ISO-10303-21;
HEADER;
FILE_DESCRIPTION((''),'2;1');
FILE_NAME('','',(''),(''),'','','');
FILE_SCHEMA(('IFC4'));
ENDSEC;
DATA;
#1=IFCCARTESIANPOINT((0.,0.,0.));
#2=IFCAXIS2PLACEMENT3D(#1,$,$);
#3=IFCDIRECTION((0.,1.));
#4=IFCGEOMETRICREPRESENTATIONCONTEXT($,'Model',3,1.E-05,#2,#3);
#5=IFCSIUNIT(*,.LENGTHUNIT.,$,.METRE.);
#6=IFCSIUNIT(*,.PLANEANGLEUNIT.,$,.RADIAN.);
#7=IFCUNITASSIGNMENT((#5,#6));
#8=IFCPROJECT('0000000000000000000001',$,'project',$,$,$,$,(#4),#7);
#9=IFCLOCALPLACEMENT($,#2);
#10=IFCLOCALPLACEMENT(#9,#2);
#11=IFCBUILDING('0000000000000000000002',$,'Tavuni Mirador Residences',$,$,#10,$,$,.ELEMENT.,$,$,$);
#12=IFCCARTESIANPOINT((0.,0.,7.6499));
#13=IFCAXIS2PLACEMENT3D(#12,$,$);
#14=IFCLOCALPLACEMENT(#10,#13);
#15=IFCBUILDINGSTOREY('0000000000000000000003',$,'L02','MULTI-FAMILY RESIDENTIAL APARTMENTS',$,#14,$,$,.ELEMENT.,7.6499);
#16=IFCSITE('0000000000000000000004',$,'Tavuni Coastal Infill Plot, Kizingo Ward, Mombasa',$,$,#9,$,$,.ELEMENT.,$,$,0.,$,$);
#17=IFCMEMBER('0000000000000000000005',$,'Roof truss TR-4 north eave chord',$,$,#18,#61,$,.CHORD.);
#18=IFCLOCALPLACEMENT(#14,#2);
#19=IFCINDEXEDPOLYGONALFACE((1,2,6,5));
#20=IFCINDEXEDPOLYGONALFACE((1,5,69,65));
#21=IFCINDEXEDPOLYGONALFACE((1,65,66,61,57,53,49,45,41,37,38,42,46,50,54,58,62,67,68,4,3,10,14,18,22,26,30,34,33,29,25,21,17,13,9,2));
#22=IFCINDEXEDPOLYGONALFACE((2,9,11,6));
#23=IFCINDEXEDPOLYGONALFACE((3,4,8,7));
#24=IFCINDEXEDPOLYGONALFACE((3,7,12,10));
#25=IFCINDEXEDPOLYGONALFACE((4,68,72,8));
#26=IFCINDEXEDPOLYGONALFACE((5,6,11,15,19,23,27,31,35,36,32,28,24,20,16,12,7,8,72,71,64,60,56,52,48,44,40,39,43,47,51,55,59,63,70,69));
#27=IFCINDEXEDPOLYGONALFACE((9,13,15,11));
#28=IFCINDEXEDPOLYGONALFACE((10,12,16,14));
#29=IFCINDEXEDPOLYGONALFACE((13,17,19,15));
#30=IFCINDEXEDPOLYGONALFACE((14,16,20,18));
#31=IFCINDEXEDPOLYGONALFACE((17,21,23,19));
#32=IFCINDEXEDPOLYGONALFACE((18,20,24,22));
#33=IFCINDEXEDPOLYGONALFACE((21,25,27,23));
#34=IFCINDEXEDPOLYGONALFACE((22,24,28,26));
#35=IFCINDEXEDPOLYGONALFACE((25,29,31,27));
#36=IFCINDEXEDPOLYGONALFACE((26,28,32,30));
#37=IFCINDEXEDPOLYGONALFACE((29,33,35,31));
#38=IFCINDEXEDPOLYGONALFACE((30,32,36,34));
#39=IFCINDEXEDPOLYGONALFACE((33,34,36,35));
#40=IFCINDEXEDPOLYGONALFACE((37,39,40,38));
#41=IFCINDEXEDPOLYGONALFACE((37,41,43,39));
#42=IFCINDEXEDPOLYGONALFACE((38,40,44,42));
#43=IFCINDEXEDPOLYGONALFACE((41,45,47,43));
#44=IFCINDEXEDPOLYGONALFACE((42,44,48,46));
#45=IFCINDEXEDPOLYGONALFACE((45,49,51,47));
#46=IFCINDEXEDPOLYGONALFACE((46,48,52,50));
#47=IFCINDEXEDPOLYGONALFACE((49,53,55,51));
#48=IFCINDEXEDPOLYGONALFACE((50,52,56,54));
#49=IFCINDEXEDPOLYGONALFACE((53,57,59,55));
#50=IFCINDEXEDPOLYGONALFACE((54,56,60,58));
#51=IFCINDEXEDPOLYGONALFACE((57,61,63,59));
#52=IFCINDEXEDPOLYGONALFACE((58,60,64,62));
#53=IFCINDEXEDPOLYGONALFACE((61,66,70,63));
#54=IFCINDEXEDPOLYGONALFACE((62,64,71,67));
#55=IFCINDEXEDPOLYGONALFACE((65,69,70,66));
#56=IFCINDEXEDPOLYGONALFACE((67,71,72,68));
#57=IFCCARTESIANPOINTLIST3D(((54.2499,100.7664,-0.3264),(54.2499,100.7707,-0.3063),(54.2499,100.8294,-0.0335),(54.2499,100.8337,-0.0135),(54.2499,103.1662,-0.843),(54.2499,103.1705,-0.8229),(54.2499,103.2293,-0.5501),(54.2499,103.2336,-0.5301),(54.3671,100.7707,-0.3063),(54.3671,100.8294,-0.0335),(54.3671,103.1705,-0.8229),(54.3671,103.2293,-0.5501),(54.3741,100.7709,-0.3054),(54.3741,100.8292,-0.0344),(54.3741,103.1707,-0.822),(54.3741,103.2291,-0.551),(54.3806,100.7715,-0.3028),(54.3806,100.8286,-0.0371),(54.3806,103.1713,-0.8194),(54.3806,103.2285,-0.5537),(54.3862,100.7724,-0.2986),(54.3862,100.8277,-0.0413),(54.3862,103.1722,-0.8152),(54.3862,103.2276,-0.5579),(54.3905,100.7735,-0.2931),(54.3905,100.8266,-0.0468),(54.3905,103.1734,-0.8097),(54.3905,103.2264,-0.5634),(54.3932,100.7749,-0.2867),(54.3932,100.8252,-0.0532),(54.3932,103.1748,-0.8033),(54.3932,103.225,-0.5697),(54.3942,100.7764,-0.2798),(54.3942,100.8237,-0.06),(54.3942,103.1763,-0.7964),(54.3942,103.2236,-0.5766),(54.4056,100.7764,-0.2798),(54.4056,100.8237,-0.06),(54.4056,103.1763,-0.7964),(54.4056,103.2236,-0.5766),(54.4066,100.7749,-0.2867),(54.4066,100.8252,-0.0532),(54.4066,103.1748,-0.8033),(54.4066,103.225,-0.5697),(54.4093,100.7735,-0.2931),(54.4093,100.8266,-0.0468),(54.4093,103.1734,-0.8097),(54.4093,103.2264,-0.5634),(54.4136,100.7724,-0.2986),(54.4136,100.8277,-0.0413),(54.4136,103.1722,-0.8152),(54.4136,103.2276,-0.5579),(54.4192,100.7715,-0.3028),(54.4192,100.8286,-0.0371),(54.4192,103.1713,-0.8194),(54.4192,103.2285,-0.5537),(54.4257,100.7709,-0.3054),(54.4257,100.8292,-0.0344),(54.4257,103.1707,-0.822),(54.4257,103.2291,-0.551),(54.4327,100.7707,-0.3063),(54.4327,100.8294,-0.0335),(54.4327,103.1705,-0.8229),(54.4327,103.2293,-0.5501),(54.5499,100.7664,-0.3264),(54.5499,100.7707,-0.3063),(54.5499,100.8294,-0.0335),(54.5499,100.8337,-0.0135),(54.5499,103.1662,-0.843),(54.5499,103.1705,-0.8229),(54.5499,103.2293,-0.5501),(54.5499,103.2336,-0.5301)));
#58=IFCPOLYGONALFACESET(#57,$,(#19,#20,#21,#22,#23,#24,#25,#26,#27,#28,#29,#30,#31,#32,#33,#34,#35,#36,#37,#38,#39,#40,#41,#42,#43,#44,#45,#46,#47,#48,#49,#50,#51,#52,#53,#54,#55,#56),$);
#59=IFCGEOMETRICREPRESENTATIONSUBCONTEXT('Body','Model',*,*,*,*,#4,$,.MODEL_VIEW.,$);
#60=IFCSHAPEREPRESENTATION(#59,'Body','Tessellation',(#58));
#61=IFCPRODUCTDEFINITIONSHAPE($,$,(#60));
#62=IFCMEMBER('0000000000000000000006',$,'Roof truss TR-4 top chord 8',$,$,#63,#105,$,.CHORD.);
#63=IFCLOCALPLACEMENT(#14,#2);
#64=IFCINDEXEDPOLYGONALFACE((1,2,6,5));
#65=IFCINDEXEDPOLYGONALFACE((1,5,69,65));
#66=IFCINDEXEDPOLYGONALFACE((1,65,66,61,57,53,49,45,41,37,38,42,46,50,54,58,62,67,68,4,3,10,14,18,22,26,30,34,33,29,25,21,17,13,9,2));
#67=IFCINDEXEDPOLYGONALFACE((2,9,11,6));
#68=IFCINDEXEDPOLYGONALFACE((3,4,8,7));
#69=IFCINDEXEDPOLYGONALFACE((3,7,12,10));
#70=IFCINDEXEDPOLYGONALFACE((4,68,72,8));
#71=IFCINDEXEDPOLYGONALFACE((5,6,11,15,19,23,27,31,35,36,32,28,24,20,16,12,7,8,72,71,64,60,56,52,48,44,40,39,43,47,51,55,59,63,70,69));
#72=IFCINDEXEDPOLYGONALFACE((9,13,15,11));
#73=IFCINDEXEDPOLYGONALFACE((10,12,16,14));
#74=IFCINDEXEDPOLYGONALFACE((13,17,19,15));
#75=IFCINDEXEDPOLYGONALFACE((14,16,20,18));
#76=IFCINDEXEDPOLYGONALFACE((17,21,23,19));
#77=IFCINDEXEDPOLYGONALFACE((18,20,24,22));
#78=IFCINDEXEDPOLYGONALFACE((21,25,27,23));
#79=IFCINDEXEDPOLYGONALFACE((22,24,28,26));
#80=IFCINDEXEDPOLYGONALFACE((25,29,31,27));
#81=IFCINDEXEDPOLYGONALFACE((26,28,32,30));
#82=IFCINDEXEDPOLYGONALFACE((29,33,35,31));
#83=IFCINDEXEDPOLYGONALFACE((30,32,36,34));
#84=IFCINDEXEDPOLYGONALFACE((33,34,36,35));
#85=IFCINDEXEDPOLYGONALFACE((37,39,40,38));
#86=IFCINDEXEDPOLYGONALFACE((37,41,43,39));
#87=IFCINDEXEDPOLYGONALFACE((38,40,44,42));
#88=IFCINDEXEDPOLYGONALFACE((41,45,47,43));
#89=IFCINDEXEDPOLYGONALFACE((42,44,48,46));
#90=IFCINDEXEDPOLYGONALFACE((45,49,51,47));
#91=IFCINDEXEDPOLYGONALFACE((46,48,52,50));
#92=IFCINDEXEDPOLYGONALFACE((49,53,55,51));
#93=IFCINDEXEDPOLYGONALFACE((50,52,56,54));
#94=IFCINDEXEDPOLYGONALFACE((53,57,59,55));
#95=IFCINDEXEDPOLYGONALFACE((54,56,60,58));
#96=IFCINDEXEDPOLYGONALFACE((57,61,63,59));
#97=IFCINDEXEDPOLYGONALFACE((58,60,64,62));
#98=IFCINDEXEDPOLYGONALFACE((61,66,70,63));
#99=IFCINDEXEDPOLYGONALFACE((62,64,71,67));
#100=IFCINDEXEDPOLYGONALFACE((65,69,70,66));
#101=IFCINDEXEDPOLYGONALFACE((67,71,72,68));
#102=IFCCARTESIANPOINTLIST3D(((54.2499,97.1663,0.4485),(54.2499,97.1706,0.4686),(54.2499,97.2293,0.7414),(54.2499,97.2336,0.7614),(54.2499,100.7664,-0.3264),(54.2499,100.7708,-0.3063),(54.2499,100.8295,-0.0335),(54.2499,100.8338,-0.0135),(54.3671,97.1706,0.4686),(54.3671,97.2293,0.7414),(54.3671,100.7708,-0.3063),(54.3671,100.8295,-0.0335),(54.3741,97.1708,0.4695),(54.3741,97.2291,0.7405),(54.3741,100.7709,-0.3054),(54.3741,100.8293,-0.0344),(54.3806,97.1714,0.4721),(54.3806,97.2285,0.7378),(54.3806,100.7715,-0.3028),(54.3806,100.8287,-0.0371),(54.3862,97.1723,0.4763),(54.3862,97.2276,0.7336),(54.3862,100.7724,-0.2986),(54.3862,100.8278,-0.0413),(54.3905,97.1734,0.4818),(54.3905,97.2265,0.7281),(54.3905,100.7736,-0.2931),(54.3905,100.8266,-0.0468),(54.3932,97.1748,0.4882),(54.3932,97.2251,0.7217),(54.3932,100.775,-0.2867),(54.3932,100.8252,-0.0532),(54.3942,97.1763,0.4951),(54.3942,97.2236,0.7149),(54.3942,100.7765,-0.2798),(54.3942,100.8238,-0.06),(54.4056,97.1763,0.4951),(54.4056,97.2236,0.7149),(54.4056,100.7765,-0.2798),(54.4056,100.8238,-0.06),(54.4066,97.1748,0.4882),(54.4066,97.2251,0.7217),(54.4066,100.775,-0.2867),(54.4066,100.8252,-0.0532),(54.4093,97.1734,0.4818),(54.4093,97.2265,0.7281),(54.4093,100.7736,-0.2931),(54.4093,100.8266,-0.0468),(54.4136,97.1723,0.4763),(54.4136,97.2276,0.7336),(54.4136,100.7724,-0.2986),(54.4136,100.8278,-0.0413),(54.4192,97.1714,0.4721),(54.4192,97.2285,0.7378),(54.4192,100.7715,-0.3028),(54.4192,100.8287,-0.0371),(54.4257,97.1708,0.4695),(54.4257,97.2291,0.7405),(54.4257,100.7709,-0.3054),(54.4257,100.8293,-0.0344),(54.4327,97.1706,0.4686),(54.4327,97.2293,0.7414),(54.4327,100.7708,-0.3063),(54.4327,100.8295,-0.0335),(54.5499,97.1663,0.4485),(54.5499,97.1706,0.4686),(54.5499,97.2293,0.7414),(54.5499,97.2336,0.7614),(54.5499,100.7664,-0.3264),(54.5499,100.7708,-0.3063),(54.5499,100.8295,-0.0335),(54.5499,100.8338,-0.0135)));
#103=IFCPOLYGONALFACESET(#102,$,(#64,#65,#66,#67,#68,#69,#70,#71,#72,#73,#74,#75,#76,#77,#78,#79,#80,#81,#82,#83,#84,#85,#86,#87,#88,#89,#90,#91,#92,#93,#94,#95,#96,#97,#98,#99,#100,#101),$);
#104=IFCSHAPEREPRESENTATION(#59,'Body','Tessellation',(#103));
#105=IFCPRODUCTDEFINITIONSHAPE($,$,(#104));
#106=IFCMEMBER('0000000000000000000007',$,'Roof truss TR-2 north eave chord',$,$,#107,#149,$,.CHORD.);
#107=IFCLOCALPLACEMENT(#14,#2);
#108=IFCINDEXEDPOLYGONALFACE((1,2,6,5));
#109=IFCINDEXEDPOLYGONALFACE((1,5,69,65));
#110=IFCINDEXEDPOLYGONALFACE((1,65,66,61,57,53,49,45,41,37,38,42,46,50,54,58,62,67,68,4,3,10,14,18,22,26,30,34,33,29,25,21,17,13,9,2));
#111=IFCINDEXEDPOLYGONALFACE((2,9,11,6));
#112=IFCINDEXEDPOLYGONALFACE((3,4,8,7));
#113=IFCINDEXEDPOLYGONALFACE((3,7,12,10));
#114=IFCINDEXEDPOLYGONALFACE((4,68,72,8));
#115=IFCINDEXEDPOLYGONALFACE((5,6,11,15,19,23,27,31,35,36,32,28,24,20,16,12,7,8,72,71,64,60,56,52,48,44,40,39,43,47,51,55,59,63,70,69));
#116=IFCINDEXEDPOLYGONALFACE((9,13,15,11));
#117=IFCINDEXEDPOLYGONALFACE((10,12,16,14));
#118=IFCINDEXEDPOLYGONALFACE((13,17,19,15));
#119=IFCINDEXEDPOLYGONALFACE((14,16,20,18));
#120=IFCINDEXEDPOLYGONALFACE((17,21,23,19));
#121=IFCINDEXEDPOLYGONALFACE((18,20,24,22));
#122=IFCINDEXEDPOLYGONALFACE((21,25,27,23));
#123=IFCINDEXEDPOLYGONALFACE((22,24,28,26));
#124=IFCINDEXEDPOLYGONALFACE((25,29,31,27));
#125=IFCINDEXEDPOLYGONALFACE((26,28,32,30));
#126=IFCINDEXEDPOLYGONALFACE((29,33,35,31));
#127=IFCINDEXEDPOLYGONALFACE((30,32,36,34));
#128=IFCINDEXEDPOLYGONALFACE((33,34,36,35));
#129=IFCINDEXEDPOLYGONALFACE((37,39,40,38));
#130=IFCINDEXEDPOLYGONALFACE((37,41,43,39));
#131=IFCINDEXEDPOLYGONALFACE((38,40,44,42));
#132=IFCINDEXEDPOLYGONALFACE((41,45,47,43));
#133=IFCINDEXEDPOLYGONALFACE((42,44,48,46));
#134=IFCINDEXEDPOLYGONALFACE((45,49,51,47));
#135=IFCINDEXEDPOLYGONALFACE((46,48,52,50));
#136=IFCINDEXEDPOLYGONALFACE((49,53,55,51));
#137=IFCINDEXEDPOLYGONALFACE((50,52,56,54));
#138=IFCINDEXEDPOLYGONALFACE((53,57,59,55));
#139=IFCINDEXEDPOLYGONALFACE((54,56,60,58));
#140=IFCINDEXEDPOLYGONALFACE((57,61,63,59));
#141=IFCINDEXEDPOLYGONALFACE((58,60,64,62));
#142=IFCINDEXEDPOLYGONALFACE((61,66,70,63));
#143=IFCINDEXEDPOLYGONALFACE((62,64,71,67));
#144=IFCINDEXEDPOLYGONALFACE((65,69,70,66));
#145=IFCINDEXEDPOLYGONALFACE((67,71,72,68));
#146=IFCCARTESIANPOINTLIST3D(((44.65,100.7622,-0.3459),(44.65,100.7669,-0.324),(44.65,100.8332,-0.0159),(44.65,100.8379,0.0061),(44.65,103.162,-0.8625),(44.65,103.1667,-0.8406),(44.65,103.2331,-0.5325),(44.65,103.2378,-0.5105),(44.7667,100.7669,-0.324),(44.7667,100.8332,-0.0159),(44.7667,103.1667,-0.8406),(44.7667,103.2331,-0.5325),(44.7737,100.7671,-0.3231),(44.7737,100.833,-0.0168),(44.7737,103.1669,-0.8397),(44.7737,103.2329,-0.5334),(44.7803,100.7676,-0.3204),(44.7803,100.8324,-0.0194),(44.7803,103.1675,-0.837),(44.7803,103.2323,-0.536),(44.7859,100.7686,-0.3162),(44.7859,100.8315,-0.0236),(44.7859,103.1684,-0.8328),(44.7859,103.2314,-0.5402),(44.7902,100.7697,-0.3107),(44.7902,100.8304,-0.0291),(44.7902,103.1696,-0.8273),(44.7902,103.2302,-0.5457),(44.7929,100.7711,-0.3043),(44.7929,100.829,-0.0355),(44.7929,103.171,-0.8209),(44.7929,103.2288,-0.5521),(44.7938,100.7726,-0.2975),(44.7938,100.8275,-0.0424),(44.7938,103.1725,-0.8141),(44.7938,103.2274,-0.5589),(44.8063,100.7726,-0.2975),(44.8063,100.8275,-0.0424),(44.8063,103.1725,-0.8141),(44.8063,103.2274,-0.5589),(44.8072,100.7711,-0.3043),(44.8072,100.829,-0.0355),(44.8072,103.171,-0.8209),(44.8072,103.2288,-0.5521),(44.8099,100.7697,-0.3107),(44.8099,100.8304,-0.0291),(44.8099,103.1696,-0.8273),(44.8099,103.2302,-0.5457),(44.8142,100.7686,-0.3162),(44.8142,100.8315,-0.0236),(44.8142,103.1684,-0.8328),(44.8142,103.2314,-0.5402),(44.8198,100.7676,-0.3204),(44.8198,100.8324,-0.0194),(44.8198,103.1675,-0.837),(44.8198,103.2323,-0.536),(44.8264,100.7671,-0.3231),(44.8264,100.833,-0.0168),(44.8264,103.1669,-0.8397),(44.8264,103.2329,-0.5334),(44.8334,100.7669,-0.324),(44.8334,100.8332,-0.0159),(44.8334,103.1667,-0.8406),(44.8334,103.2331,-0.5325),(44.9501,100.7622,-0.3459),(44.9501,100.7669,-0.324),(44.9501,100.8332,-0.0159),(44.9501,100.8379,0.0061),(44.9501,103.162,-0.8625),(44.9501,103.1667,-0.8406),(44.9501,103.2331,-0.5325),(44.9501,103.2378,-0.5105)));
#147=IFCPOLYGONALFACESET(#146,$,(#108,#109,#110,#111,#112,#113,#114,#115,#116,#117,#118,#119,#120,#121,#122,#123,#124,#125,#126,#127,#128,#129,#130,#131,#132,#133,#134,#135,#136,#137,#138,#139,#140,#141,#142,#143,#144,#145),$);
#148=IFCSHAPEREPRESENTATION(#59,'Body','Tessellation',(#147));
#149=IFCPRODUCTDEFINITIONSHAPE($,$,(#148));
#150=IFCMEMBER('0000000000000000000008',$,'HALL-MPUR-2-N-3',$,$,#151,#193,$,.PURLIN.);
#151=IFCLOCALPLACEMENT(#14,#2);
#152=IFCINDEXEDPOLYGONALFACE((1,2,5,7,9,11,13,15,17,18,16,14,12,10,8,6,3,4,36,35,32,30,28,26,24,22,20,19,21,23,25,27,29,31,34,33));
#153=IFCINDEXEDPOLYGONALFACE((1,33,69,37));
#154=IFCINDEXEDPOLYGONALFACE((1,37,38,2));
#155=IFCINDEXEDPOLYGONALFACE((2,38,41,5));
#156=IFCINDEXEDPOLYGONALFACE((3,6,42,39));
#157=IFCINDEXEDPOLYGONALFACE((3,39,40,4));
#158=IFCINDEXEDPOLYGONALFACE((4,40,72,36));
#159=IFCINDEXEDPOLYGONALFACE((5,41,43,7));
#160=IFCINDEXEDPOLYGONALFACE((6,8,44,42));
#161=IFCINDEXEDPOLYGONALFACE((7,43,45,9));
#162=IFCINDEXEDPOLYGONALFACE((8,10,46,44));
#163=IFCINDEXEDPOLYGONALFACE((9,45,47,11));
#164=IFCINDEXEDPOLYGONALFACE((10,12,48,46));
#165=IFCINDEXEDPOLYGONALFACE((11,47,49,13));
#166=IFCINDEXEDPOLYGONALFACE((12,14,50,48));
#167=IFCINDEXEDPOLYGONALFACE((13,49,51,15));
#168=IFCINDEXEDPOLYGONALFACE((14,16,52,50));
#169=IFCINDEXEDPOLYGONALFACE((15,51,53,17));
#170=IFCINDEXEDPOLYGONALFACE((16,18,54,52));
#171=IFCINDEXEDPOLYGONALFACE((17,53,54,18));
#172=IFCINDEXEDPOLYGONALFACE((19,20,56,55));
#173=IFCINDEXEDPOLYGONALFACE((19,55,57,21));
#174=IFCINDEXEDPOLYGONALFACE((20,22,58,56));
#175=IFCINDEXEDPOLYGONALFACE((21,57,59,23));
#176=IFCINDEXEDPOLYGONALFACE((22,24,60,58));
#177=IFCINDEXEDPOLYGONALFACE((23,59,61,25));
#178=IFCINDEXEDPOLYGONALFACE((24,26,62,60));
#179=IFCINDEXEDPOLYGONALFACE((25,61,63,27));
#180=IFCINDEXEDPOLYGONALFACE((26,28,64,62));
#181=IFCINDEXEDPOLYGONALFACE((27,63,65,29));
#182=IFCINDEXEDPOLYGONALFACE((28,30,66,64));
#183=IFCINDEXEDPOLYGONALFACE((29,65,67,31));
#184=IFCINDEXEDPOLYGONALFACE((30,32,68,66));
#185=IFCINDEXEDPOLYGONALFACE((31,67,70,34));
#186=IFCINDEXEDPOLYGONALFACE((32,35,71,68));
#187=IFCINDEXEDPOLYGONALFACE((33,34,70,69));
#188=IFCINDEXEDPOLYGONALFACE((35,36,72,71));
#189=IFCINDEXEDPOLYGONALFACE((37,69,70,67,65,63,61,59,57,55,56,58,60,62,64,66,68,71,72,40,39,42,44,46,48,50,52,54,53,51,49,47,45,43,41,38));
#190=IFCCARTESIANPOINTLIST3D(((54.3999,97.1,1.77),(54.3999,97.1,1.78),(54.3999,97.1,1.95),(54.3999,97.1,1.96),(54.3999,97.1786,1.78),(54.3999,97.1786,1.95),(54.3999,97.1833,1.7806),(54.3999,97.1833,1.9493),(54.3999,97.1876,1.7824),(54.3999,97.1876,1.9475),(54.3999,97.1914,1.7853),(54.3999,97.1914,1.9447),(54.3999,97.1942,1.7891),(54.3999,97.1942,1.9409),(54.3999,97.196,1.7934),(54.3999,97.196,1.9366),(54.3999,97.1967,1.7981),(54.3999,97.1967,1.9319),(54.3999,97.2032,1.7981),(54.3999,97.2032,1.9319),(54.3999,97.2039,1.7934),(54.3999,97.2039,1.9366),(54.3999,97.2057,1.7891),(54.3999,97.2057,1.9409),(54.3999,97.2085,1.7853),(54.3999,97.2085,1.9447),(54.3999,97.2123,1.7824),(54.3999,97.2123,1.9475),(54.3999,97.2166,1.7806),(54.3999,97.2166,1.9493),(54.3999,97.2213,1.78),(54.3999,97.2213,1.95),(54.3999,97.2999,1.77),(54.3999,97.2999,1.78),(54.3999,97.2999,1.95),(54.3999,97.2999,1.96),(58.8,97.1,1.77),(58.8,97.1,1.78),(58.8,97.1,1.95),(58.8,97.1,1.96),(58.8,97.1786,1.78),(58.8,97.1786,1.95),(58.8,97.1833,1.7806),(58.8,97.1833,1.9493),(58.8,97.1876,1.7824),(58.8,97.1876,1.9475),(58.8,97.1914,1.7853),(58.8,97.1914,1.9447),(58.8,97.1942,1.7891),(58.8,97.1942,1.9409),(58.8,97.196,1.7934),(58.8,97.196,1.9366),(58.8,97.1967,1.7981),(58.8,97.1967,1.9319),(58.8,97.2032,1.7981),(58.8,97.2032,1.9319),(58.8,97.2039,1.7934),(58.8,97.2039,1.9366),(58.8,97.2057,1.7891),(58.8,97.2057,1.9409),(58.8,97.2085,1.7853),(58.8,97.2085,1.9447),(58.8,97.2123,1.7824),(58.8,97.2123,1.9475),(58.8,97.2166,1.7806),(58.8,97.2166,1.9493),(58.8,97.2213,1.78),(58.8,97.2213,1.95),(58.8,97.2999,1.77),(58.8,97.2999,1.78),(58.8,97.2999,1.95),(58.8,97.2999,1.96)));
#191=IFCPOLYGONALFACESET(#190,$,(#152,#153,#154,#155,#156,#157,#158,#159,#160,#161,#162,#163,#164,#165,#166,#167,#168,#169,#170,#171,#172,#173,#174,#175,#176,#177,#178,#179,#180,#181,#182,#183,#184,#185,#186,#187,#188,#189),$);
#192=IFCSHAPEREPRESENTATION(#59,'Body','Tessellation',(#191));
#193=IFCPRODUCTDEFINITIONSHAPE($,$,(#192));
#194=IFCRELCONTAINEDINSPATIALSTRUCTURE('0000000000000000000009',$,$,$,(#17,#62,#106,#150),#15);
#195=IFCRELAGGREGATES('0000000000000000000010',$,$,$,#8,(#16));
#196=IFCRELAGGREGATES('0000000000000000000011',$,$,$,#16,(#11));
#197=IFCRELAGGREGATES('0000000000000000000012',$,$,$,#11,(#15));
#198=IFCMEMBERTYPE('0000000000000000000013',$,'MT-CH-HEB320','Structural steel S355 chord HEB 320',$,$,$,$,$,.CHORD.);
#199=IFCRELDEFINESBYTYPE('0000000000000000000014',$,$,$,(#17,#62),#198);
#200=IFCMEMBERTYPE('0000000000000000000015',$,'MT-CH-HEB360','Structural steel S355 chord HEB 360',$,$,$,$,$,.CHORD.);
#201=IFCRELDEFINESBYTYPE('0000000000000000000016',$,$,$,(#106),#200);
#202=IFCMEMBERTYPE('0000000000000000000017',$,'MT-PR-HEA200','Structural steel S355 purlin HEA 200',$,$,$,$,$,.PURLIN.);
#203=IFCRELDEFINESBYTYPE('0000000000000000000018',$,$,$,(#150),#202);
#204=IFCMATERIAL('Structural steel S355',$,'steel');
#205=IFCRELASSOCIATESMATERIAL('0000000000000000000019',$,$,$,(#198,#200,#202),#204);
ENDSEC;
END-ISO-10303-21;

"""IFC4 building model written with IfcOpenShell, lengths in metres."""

from ifc_helpers import new_model, si_unit, direction, frame, origin, origin_2d, place, context, subcontext, project, spatial, i_section, extrude, material, material_profile, profile_set, type_object, element, save


model = new_model("IFC4")

# Units and contexts
model_context = context("Model", 3, precision=1e-05, world=origin(), true_north=direction((0.0, 1.0)))
body_context = subcontext(model_context, "Body", "Model", "MODEL_VIEW")
ifc_project = project(units=[si_unit("LENGTHUNIT", "METRE"), si_unit("PLANEANGLEUNIT", "RADIAN")], contexts=[model_context])

# Site, building, storey
site_placement = place(None, origin())
site = spatial("IfcSite", under=ifc_project, at=site_placement, Name="Tavuni Coastal Infill Plot, Kizingo Ward, Mombasa", CompositionType="ELEMENT", RefElevation=0.0)
building_placement = place(site_placement, origin())
building = spatial("IfcBuilding", under=site, at=building_placement, Name="Tavuni Mirador Residences", CompositionType="ELEMENT")
storey_placement = place(building_placement, frame((0.0, 0.0, 7.6499)))
storey = spatial("IfcBuildingStorey", under=building, at=storey_placement, Name="L02", Description="MULTI-FAMILY RESIDENTIAL APARTMENTS", CompositionType="ELEMENT", Elevation=7.6499)

# Shared definitions
ifc_material_1 = material(Name="Structural steel S355", Category="steel")

# Members
ifc_material_profile_1 = material_profile(ifc_material_1, i_section(OverallWidth=0.3, OverallDepth=0.3201, WebThickness=0.0115, FlangeThickness=0.0205, FilletRadius=0.0271, at=origin_2d()), Name="HEB 320", Category="steel")
ifc_profile_set_1 = profile_set([ifc_material_profile_1], Name="Structural steel S355")
member_type_1 = type_object("IfcMemberType", Name="MT-CH-HEB320", Description="Structural steel S355 chord HEB 320", PredefinedType="CHORD", material=ifc_profile_set_1)
for number, where, z_axis, x_axis, name in (
    (1, (54.3999, 100.8, -0.1699), (0.0, 0.977607, -0.210439), (-1.0, 0.0, 0.0), "Roof truss TR-4 north eave chord"),
):
    element("IfcMember", number, at=place(storey_placement, frame(where, z_axis=z_axis, x_axis=x_axis)), inside=storey, type_object=member_type_1, Name=name, PredefinedType="CHORD", context=body_context, shape_type="SweptSolid", body=[
        extrude(i_section(OverallWidth=0.3, OverallDepth=0.3201, WebThickness=0.0115, FlangeThickness=0.0205, FilletRadius=0.0271, at=origin_2d()), origin(), (0.0, 0.0, 1.0), 2.4548),
    ])
member_1_placement = place(storey_placement, frame((54.3999, 97.2, 0.605), z_axis=(0.0, 0.97761, -0.210425), x_axis=(-1.0, 0.0, 0.0)))
element("IfcMember", 2, at=member_1_placement, inside=storey, type_object=member_type_1, Name="Roof truss TR-4 top chord 8", PredefinedType="CHORD", context=body_context, shape_type="SweptSolid", body=[
    extrude(i_section(OverallWidth=0.3, OverallDepth=0.3201, WebThickness=0.0115, FlangeThickness=0.0205, FilletRadius=0.0271, at=origin_2d()), origin(), (0.0, 0.0, 1.0), 3.6826),
])
ifc_material_profile_2 = material_profile(ifc_material_1, i_section(OverallWidth=0.3, OverallDepth=0.3601, WebThickness=0.0125, FlangeThickness=0.0225, FilletRadius=0.0271, at=origin_2d()), Name="HEB 360", Category="steel")
ifc_profile_set_2 = profile_set([ifc_material_profile_2], Name="Structural steel S355")
member_type_2 = type_object("IfcMemberType", Name="MT-CH-HEB360", Description="Structural steel S355 chord HEB 360", PredefinedType="CHORD", material=ifc_profile_set_2)
member_2_placement = place(storey_placement, frame((44.8, 100.8, -0.1699), z_axis=(0.0, 0.977607, -0.210439), x_axis=(-1.0, 0.0, 0.0)))
element("IfcMember", 3, at=member_2_placement, inside=storey, type_object=member_type_2, Name="Roof truss TR-2 north eave chord", PredefinedType="CHORD", context=body_context, shape_type="SweptSolid", body=[
    extrude(i_section(OverallWidth=0.3, OverallDepth=0.3601, WebThickness=0.0125, FlangeThickness=0.0225, FilletRadius=0.0271, at=origin_2d()), origin(), (0.0, 0.0, 1.0), 2.4548),
])
ifc_material_profile_3 = material_profile(ifc_material_1, i_section(OverallWidth=0.2, OverallDepth=0.1899, WebThickness=0.0066, FlangeThickness=0.01, FilletRadius=0.0181, at=origin_2d()), Name="HEA 200", Category="steel")
ifc_profile_set_3 = profile_set([ifc_material_profile_3], Name="Structural steel S355")
member_type_3 = type_object("IfcMemberType", Name="MT-PR-HEA200", Description="Structural steel S355 purlin HEA 200", PredefinedType="PURLIN", material=ifc_profile_set_3)
member_3_placement = place(storey_placement, frame((54.3999, 97.2, 1.865), z_axis=(1.0, 0.0, 0.0), x_axis=(0.0, 1.0, 0.0)))
element("IfcMember", 4, at=member_3_placement, inside=storey, type_object=member_type_3, Name="HALL-MPUR-2-N-3", PredefinedType="PURLIN", context=body_context, shape_type="SweptSolid", body=[
    extrude(i_section(OverallWidth=0.2, OverallDepth=0.1899, WebThickness=0.0066, FlangeThickness=0.01, FilletRadius=0.0181, at=origin_2d()), origin(), (0.0, 0.0, 1.0), 4.4001),
])

save(model, "model.ifc")
